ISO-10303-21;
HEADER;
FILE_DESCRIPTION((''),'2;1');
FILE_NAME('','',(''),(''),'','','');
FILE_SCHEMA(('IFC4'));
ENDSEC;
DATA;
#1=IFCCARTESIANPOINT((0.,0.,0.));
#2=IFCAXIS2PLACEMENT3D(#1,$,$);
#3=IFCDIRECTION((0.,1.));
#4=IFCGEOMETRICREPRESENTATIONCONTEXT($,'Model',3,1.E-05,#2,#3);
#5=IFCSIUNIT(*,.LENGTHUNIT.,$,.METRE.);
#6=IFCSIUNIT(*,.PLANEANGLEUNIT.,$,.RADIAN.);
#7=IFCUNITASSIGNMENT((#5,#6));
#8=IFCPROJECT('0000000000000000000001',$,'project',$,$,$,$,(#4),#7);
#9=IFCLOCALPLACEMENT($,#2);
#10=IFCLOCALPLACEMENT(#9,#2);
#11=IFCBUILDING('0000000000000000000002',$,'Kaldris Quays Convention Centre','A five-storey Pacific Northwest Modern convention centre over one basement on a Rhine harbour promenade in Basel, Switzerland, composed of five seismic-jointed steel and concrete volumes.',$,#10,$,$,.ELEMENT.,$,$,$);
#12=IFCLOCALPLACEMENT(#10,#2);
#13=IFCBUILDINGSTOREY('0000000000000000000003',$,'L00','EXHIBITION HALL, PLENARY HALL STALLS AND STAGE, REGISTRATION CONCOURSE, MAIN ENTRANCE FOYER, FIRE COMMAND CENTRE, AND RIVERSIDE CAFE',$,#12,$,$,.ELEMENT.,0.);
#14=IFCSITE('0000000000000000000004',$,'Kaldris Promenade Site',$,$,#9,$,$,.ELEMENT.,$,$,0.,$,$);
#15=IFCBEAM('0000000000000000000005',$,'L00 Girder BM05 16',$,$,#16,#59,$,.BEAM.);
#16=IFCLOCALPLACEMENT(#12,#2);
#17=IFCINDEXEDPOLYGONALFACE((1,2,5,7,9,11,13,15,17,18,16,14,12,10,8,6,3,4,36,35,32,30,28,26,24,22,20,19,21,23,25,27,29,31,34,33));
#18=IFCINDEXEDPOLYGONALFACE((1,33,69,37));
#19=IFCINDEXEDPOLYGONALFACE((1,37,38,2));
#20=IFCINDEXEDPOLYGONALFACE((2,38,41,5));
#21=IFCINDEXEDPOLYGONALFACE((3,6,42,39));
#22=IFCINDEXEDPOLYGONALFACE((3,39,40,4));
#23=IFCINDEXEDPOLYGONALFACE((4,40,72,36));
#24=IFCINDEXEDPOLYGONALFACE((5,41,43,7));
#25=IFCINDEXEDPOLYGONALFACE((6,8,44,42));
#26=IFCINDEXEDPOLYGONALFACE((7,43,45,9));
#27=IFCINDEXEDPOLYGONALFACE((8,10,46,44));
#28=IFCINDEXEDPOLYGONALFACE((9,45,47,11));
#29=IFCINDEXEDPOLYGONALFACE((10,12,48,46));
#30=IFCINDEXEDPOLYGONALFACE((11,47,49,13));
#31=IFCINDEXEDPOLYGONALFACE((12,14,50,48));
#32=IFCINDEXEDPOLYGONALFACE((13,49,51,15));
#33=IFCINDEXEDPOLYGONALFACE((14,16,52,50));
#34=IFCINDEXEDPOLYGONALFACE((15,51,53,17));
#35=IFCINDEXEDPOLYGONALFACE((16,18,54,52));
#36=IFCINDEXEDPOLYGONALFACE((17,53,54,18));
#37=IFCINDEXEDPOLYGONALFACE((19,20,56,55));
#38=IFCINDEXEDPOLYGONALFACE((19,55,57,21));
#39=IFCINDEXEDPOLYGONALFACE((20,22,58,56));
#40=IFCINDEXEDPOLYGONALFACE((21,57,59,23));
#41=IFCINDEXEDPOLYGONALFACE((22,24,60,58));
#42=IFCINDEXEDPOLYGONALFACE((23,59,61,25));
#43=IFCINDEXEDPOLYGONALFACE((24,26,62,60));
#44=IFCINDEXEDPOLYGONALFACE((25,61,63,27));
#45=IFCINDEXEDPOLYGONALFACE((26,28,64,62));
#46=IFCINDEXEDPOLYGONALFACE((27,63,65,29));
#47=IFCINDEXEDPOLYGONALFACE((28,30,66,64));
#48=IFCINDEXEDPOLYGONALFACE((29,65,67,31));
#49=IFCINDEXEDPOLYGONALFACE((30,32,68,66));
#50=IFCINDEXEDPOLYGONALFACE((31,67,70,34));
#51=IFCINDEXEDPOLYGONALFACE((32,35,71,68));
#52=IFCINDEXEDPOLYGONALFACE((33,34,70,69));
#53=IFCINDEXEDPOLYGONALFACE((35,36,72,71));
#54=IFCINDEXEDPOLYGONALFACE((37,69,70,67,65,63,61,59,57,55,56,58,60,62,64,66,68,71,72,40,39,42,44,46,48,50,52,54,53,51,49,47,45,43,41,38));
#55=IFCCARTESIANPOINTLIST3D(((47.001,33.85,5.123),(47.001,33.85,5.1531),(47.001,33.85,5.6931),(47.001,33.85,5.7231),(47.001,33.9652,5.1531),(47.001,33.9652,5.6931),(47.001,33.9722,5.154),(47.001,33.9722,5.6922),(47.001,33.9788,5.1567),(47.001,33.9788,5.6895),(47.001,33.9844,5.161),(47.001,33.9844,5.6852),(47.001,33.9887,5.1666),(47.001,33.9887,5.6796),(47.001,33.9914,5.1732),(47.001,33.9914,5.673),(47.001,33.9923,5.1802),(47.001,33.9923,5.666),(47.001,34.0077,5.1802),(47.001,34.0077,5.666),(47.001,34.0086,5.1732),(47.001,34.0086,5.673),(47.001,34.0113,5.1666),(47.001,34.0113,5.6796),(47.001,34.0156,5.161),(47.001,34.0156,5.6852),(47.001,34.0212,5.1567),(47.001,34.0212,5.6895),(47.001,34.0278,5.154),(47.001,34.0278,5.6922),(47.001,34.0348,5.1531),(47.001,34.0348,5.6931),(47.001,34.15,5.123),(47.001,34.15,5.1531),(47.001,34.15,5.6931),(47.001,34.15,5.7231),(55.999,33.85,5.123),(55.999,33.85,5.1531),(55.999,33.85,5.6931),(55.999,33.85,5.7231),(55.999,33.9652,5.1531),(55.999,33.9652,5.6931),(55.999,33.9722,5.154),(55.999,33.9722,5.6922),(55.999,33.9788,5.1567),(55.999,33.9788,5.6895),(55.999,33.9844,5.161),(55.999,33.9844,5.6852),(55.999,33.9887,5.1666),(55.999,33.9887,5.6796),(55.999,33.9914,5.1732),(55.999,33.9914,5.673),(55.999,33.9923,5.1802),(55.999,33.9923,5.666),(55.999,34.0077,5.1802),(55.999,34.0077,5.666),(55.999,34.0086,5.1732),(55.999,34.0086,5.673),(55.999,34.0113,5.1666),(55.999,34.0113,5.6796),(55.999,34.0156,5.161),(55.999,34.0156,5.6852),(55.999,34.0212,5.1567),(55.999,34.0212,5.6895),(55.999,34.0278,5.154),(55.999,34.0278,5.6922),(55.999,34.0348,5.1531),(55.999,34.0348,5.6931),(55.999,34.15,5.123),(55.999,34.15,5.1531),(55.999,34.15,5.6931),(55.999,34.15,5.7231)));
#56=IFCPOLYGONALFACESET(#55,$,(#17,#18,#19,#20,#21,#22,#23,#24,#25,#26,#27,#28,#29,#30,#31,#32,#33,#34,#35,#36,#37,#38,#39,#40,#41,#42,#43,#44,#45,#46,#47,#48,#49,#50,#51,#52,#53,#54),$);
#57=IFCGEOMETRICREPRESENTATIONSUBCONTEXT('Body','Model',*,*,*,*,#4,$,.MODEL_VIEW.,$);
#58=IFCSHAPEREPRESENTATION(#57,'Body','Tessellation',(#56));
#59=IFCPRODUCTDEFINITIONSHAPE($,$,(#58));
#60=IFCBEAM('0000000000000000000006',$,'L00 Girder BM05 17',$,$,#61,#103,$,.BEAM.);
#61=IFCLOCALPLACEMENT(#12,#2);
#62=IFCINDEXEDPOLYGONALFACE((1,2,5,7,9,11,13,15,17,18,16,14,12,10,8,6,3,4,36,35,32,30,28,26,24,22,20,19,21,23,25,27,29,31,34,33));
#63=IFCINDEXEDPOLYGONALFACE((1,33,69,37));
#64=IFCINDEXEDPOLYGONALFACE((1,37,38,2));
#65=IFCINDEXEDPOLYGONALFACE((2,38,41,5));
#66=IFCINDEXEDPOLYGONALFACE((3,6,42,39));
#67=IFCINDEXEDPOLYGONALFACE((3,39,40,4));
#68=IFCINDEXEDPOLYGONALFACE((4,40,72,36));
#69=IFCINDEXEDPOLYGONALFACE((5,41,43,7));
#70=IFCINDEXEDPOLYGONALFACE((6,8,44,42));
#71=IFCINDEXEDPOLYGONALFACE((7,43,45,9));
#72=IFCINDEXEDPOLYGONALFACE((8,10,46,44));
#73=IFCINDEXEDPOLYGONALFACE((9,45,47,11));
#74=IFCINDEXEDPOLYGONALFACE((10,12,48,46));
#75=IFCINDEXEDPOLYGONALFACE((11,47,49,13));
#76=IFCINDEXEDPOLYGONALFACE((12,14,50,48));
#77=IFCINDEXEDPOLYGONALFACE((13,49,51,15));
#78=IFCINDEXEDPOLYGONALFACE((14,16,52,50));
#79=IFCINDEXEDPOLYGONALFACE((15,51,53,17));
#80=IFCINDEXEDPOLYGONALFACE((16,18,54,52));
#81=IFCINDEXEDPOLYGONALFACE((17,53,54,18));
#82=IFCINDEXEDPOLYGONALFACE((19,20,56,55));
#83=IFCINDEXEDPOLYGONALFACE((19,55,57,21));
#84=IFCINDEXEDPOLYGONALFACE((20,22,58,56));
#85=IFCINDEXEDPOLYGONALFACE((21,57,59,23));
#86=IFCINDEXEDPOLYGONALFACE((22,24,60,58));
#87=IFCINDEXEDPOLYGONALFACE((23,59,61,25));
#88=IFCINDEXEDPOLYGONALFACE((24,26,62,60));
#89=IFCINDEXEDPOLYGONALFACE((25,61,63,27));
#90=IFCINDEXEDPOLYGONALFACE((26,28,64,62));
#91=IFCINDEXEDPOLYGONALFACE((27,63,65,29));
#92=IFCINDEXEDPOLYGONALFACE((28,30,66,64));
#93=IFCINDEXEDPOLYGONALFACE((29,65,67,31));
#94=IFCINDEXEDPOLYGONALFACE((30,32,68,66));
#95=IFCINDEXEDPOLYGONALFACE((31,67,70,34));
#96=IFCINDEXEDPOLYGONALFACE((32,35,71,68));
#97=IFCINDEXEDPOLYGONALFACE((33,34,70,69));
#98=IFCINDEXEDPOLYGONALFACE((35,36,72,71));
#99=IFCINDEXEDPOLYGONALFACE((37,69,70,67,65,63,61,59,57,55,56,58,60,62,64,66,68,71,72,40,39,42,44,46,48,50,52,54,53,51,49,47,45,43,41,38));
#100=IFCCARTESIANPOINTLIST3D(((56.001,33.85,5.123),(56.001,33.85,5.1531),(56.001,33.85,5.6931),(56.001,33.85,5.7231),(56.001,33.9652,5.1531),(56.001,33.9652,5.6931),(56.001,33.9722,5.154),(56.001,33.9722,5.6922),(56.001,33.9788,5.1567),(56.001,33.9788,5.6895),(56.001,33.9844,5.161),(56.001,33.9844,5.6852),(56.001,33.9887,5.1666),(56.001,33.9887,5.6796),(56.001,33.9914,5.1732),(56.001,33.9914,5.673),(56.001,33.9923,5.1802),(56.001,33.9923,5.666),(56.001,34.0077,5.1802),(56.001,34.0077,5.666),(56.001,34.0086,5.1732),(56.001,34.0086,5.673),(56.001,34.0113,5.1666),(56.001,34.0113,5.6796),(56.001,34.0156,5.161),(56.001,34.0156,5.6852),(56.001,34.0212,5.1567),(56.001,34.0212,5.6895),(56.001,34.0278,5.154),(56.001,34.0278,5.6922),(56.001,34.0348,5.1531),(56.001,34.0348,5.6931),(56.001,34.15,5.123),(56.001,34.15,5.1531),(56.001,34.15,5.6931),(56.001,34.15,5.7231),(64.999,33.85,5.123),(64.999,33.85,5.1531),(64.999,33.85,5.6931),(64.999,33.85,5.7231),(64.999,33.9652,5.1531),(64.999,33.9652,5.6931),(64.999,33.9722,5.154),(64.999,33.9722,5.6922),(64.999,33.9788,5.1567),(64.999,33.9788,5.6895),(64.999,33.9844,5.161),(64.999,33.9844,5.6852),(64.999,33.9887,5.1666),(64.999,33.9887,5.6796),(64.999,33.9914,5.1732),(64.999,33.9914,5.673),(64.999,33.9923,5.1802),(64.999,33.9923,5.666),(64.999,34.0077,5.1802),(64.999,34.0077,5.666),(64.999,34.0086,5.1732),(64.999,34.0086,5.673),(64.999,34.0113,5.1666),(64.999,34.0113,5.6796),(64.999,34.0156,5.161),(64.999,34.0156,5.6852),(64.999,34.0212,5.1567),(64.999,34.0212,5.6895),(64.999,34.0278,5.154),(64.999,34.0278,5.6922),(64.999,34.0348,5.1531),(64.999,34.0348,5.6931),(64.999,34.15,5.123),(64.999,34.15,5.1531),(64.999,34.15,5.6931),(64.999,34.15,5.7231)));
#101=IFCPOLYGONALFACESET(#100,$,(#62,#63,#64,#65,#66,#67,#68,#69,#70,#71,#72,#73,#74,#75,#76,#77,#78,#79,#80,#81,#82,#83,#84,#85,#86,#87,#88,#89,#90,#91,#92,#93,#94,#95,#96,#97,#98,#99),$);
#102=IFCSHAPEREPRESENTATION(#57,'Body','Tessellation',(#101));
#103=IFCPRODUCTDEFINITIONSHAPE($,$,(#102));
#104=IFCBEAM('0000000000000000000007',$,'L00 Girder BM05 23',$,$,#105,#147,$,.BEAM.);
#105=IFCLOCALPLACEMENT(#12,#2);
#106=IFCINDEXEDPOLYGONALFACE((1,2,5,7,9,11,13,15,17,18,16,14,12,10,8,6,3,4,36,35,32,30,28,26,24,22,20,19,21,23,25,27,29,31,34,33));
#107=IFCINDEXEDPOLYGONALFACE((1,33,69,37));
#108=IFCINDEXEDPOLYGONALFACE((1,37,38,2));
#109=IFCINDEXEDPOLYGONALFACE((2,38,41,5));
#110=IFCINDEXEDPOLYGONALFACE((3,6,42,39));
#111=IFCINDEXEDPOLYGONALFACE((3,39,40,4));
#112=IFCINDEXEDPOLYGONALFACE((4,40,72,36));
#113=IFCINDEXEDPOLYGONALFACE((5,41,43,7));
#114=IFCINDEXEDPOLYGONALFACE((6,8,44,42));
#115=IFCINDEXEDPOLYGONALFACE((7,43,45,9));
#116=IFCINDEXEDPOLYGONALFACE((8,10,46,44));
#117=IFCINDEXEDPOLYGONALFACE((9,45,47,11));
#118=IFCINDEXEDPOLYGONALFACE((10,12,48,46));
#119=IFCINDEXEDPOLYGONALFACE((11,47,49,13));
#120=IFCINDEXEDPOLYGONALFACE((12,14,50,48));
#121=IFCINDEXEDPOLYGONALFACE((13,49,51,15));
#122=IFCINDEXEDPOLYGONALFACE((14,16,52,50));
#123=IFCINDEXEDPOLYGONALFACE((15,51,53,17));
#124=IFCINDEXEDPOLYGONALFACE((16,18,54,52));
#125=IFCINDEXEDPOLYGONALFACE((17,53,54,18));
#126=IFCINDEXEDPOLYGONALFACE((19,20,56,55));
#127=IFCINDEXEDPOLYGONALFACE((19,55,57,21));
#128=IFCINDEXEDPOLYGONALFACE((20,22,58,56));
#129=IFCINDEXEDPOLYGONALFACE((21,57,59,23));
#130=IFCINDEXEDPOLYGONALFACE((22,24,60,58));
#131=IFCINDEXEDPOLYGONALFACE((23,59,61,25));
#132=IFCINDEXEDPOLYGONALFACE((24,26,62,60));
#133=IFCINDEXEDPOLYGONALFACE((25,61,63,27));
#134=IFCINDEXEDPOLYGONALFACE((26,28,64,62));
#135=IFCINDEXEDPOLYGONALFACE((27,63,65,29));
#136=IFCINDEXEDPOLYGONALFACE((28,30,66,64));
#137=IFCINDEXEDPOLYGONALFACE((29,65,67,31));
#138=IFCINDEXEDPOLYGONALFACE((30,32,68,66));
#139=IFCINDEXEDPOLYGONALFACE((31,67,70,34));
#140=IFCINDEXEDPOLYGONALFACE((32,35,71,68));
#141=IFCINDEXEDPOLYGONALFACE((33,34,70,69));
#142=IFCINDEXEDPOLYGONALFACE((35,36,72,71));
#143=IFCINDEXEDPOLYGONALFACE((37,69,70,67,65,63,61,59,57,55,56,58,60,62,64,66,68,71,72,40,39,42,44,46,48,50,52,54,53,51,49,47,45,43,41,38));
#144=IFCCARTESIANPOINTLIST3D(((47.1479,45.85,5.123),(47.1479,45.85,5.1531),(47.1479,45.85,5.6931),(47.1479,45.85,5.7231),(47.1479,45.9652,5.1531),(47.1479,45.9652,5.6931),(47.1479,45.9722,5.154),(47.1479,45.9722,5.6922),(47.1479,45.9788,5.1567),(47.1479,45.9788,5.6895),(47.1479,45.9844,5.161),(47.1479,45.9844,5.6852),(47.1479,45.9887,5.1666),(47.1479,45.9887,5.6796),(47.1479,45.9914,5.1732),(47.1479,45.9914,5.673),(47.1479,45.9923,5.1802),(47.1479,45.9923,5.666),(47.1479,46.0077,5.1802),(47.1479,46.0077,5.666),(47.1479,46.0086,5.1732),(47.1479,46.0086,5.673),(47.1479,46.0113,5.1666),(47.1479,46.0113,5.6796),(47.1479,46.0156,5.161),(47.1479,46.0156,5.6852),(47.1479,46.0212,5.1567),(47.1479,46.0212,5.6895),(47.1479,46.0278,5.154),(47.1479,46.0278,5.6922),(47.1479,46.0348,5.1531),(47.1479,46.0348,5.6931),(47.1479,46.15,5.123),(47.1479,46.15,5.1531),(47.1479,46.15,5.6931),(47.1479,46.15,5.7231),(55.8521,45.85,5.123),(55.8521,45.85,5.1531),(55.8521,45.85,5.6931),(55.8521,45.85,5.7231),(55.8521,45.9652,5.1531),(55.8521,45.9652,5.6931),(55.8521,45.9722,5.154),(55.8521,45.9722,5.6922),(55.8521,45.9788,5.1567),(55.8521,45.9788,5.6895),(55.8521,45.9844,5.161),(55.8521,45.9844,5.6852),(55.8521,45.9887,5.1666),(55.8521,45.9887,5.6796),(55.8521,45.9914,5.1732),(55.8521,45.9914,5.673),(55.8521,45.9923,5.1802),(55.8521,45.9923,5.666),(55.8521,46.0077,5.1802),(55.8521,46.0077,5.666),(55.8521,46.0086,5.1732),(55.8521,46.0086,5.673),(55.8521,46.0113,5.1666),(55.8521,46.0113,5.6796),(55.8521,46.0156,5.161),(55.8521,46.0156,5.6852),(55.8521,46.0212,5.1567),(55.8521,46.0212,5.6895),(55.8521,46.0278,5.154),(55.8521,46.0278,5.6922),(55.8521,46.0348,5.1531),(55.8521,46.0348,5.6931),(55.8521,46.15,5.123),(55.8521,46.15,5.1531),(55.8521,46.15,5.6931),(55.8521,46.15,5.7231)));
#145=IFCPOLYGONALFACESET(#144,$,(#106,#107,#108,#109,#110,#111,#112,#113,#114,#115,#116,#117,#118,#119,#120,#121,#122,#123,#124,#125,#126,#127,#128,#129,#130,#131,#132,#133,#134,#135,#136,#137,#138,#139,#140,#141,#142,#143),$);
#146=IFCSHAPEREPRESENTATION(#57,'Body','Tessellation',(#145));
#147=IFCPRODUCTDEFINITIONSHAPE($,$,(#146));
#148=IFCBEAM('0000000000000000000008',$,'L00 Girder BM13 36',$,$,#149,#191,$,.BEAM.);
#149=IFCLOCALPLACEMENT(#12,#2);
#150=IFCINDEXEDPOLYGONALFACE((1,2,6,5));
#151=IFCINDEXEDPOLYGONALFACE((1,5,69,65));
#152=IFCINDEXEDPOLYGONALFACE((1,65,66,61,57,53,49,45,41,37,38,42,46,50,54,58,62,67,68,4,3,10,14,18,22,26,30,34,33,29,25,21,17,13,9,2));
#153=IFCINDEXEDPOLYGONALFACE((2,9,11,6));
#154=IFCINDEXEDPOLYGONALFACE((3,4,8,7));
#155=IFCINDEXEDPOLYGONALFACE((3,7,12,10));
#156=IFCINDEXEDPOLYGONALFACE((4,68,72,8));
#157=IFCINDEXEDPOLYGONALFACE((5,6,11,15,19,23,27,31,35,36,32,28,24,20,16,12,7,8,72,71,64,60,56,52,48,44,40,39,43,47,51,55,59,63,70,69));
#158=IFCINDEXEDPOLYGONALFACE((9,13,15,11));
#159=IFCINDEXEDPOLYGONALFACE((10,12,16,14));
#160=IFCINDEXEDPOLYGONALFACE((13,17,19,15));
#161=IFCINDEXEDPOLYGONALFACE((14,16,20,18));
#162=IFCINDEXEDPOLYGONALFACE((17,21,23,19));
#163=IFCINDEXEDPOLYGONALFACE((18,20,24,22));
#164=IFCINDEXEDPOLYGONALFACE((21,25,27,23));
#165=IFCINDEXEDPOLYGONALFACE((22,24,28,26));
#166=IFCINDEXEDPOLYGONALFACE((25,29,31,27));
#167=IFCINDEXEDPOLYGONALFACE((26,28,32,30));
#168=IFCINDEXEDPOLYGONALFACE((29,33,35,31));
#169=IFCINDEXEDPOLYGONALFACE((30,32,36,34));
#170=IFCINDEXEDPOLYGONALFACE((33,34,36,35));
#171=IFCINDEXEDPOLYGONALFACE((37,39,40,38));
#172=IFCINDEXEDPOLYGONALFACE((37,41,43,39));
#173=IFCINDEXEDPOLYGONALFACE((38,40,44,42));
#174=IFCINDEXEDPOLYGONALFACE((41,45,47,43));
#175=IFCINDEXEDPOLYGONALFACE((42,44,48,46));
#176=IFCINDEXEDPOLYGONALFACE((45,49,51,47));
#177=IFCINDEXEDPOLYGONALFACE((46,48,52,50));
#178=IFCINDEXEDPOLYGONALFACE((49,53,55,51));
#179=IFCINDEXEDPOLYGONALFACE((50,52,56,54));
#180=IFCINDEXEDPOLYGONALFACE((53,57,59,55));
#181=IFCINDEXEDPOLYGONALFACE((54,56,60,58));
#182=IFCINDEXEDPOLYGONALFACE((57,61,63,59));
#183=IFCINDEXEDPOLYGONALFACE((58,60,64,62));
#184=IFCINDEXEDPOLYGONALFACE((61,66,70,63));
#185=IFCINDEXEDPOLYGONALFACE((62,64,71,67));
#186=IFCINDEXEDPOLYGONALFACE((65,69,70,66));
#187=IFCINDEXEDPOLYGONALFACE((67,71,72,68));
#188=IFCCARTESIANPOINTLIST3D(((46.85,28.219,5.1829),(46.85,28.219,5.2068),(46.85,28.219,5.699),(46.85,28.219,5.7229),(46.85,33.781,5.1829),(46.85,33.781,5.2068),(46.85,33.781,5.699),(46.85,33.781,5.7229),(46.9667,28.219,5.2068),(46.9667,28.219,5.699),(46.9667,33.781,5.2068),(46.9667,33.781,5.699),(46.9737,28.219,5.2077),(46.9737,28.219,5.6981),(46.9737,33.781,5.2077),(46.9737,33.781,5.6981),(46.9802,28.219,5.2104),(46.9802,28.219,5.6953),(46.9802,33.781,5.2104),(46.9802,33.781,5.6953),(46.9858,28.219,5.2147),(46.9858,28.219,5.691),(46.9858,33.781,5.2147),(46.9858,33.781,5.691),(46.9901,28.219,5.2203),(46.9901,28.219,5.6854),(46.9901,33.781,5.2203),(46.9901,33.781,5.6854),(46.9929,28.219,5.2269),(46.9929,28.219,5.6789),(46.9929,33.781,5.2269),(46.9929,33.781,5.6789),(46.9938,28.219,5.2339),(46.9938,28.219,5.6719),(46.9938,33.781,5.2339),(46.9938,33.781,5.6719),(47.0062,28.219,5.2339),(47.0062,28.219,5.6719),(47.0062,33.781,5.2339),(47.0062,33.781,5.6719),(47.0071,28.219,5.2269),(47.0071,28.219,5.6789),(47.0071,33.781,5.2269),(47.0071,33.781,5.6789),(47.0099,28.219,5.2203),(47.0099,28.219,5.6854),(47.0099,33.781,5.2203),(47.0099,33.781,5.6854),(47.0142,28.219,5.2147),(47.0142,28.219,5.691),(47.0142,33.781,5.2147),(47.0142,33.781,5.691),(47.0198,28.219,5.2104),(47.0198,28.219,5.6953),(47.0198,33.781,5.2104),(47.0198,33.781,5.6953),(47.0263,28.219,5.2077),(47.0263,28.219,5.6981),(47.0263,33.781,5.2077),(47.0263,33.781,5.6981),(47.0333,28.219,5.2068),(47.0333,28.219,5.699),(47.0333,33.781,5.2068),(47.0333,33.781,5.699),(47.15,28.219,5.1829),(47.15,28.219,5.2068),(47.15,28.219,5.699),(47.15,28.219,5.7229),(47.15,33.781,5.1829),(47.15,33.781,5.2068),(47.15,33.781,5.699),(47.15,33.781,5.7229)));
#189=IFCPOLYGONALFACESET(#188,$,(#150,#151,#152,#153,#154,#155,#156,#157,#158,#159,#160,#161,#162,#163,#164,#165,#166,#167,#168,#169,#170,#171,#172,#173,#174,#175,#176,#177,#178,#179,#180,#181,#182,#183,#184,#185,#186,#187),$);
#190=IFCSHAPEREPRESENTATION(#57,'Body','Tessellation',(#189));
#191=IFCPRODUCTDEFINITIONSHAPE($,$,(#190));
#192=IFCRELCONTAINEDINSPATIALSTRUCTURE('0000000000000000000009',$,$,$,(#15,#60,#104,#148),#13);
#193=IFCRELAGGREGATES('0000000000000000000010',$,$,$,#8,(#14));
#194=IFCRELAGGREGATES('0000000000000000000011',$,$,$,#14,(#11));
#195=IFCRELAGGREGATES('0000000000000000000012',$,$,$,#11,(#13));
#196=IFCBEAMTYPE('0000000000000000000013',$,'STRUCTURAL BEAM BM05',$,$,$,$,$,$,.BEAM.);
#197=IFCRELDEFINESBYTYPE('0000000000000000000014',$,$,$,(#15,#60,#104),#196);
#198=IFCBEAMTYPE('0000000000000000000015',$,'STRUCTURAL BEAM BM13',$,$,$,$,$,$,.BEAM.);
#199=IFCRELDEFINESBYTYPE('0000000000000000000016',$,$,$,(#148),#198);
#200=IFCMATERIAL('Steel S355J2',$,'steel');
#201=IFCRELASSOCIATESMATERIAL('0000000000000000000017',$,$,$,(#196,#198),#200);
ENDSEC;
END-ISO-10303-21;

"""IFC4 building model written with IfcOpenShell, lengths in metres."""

from ifc_helpers import new_model, si_unit, direction, frame, origin, origin_2d, place, context, subcontext, project, spatial, i_section, extrude, material, material_profile, profile_set, type_object, element, save


model = new_model("IFC4")

# Units and contexts
model_context = context("Model", 3, precision=1e-05, world=origin(), true_north=direction((0.0, 1.0)))
body_context = subcontext(model_context, "Body", "Model", "MODEL_VIEW")
ifc_project = project(units=[si_unit("LENGTHUNIT", "METRE"), si_unit("PLANEANGLEUNIT", "RADIAN")], contexts=[model_context])

# Site, building, storey
site_placement = place(None, origin())
site = spatial("IfcSite", under=ifc_project, at=site_placement, Name="Kaldris Promenade Site", CompositionType="ELEMENT", RefElevation=0.0)
building_placement = place(site_placement, origin())
building = spatial("IfcBuilding", under=site, at=building_placement, Name="Kaldris Quays Convention Centre", Description="A five-storey Pacific Northwest Modern convention centre over one basement on a Rhine harbour promenade in Basel, Switzerland, composed of five seismic-jointed steel and concrete volumes.", CompositionType="ELEMENT")
storey_placement = place(building_placement, origin())
storey = spatial("IfcBuildingStorey", under=building, at=storey_placement, Name="L00", Description="EXHIBITION HALL, PLENARY HALL STALLS AND STAGE, REGISTRATION CONCOURSE, MAIN ENTRANCE FOYER, FIRE COMMAND CENTRE, AND RIVERSIDE CAFE", CompositionType="ELEMENT", Elevation=0.0)

# Shared definitions
ifc_material_1 = material(Name="Steel S355J2", Category="steel")

# Beams
ifc_material_profile_1 = material_profile(ifc_material_1, i_section(OverallWidth=0.3, OverallDepth=0.6001, WebThickness=0.0154, FlangeThickness=0.03, FilletRadius=0.0271, at=origin_2d()), Name="HEB 600")
ifc_profile_set_1 = profile_set([ifc_material_profile_1], Name="Steel S355J2")
beam_type_1 = type_object("IfcBeamType", Name="STRUCTURAL BEAM BM05", PredefinedType="BEAM", material=ifc_profile_set_1)
for number, where, z_axis, x_axis, name in (
    (1, (47.001, 34.0, 5.4231), (1.0, 0.0, 0.0), (0.0, 1.0, 0.0), "L00 Girder BM05 16"),
    (2, (56.001, 34.0, 5.4231), (1.0, 0.0, 0.0), (0.0, 1.0, 0.0), "L00 Girder BM05 17"),
):
    element("IfcBeam", number, at=place(storey_placement, frame(where, z_axis=z_axis, x_axis=x_axis)), inside=storey, type_object=beam_type_1, Name=name, PredefinedType="BEAM", context=body_context, shape_type="SweptSolid", body=[
        extrude(i_section(OverallWidth=0.3, OverallDepth=0.6001, WebThickness=0.0154, FlangeThickness=0.03, FilletRadius=0.0271, at=origin_2d()), origin(), (0.0, 0.0, 1.0), 8.998),
    ])
beam_1_placement = place(storey_placement, frame((47.1479, 46.0, 5.4231), z_axis=(1.0, 0.0, 0.0), x_axis=(0.0, 1.0, 0.0)))
element("IfcBeam", 3, at=beam_1_placement, inside=storey, type_object=beam_type_1, Name="L00 Girder BM05 23", PredefinedType="BEAM", context=body_context, shape_type="SweptSolid", body=[
    extrude(i_section(OverallWidth=0.3, OverallDepth=0.6001, WebThickness=0.0154, FlangeThickness=0.03, FilletRadius=0.0271, at=origin_2d()), origin(), (0.0, 0.0, 1.0), 8.7041),
])
ifc_material_profile_2 = material_profile(ifc_material_1, i_section(OverallWidth=0.3, OverallDepth=0.54, WebThickness=0.0125, FlangeThickness=0.0239, FilletRadius=0.0271, at=origin_2d()), Name="HEA 550")
ifc_profile_set_2 = profile_set([ifc_material_profile_2], Name="Steel S355J2")
beam_type_2 = type_object("IfcBeamType", Name="STRUCTURAL BEAM BM13", PredefinedType="BEAM", material=ifc_profile_set_2)
for number, where, z_axis, x_axis, name in (
    (4, (47.0, 28.219, 5.4529), (0.0, 1.0, 0.0), (-1.0, 0.0, 0.0), "L00 Girder BM13 36"),
):
    element("IfcBeam", number, at=place(storey_placement, frame(where, z_axis=z_axis, x_axis=x_axis)), inside=storey, type_object=beam_type_2, Name=name, PredefinedType="BEAM", context=body_context, shape_type="SweptSolid", body=[
        extrude(i_section(OverallWidth=0.3, OverallDepth=0.54, WebThickness=0.0125, FlangeThickness=0.0239, FilletRadius=0.0271, at=origin_2d()), origin(), (0.0, 0.0, 1.0), 5.562),
    ])

save(model, "model.ifc")
